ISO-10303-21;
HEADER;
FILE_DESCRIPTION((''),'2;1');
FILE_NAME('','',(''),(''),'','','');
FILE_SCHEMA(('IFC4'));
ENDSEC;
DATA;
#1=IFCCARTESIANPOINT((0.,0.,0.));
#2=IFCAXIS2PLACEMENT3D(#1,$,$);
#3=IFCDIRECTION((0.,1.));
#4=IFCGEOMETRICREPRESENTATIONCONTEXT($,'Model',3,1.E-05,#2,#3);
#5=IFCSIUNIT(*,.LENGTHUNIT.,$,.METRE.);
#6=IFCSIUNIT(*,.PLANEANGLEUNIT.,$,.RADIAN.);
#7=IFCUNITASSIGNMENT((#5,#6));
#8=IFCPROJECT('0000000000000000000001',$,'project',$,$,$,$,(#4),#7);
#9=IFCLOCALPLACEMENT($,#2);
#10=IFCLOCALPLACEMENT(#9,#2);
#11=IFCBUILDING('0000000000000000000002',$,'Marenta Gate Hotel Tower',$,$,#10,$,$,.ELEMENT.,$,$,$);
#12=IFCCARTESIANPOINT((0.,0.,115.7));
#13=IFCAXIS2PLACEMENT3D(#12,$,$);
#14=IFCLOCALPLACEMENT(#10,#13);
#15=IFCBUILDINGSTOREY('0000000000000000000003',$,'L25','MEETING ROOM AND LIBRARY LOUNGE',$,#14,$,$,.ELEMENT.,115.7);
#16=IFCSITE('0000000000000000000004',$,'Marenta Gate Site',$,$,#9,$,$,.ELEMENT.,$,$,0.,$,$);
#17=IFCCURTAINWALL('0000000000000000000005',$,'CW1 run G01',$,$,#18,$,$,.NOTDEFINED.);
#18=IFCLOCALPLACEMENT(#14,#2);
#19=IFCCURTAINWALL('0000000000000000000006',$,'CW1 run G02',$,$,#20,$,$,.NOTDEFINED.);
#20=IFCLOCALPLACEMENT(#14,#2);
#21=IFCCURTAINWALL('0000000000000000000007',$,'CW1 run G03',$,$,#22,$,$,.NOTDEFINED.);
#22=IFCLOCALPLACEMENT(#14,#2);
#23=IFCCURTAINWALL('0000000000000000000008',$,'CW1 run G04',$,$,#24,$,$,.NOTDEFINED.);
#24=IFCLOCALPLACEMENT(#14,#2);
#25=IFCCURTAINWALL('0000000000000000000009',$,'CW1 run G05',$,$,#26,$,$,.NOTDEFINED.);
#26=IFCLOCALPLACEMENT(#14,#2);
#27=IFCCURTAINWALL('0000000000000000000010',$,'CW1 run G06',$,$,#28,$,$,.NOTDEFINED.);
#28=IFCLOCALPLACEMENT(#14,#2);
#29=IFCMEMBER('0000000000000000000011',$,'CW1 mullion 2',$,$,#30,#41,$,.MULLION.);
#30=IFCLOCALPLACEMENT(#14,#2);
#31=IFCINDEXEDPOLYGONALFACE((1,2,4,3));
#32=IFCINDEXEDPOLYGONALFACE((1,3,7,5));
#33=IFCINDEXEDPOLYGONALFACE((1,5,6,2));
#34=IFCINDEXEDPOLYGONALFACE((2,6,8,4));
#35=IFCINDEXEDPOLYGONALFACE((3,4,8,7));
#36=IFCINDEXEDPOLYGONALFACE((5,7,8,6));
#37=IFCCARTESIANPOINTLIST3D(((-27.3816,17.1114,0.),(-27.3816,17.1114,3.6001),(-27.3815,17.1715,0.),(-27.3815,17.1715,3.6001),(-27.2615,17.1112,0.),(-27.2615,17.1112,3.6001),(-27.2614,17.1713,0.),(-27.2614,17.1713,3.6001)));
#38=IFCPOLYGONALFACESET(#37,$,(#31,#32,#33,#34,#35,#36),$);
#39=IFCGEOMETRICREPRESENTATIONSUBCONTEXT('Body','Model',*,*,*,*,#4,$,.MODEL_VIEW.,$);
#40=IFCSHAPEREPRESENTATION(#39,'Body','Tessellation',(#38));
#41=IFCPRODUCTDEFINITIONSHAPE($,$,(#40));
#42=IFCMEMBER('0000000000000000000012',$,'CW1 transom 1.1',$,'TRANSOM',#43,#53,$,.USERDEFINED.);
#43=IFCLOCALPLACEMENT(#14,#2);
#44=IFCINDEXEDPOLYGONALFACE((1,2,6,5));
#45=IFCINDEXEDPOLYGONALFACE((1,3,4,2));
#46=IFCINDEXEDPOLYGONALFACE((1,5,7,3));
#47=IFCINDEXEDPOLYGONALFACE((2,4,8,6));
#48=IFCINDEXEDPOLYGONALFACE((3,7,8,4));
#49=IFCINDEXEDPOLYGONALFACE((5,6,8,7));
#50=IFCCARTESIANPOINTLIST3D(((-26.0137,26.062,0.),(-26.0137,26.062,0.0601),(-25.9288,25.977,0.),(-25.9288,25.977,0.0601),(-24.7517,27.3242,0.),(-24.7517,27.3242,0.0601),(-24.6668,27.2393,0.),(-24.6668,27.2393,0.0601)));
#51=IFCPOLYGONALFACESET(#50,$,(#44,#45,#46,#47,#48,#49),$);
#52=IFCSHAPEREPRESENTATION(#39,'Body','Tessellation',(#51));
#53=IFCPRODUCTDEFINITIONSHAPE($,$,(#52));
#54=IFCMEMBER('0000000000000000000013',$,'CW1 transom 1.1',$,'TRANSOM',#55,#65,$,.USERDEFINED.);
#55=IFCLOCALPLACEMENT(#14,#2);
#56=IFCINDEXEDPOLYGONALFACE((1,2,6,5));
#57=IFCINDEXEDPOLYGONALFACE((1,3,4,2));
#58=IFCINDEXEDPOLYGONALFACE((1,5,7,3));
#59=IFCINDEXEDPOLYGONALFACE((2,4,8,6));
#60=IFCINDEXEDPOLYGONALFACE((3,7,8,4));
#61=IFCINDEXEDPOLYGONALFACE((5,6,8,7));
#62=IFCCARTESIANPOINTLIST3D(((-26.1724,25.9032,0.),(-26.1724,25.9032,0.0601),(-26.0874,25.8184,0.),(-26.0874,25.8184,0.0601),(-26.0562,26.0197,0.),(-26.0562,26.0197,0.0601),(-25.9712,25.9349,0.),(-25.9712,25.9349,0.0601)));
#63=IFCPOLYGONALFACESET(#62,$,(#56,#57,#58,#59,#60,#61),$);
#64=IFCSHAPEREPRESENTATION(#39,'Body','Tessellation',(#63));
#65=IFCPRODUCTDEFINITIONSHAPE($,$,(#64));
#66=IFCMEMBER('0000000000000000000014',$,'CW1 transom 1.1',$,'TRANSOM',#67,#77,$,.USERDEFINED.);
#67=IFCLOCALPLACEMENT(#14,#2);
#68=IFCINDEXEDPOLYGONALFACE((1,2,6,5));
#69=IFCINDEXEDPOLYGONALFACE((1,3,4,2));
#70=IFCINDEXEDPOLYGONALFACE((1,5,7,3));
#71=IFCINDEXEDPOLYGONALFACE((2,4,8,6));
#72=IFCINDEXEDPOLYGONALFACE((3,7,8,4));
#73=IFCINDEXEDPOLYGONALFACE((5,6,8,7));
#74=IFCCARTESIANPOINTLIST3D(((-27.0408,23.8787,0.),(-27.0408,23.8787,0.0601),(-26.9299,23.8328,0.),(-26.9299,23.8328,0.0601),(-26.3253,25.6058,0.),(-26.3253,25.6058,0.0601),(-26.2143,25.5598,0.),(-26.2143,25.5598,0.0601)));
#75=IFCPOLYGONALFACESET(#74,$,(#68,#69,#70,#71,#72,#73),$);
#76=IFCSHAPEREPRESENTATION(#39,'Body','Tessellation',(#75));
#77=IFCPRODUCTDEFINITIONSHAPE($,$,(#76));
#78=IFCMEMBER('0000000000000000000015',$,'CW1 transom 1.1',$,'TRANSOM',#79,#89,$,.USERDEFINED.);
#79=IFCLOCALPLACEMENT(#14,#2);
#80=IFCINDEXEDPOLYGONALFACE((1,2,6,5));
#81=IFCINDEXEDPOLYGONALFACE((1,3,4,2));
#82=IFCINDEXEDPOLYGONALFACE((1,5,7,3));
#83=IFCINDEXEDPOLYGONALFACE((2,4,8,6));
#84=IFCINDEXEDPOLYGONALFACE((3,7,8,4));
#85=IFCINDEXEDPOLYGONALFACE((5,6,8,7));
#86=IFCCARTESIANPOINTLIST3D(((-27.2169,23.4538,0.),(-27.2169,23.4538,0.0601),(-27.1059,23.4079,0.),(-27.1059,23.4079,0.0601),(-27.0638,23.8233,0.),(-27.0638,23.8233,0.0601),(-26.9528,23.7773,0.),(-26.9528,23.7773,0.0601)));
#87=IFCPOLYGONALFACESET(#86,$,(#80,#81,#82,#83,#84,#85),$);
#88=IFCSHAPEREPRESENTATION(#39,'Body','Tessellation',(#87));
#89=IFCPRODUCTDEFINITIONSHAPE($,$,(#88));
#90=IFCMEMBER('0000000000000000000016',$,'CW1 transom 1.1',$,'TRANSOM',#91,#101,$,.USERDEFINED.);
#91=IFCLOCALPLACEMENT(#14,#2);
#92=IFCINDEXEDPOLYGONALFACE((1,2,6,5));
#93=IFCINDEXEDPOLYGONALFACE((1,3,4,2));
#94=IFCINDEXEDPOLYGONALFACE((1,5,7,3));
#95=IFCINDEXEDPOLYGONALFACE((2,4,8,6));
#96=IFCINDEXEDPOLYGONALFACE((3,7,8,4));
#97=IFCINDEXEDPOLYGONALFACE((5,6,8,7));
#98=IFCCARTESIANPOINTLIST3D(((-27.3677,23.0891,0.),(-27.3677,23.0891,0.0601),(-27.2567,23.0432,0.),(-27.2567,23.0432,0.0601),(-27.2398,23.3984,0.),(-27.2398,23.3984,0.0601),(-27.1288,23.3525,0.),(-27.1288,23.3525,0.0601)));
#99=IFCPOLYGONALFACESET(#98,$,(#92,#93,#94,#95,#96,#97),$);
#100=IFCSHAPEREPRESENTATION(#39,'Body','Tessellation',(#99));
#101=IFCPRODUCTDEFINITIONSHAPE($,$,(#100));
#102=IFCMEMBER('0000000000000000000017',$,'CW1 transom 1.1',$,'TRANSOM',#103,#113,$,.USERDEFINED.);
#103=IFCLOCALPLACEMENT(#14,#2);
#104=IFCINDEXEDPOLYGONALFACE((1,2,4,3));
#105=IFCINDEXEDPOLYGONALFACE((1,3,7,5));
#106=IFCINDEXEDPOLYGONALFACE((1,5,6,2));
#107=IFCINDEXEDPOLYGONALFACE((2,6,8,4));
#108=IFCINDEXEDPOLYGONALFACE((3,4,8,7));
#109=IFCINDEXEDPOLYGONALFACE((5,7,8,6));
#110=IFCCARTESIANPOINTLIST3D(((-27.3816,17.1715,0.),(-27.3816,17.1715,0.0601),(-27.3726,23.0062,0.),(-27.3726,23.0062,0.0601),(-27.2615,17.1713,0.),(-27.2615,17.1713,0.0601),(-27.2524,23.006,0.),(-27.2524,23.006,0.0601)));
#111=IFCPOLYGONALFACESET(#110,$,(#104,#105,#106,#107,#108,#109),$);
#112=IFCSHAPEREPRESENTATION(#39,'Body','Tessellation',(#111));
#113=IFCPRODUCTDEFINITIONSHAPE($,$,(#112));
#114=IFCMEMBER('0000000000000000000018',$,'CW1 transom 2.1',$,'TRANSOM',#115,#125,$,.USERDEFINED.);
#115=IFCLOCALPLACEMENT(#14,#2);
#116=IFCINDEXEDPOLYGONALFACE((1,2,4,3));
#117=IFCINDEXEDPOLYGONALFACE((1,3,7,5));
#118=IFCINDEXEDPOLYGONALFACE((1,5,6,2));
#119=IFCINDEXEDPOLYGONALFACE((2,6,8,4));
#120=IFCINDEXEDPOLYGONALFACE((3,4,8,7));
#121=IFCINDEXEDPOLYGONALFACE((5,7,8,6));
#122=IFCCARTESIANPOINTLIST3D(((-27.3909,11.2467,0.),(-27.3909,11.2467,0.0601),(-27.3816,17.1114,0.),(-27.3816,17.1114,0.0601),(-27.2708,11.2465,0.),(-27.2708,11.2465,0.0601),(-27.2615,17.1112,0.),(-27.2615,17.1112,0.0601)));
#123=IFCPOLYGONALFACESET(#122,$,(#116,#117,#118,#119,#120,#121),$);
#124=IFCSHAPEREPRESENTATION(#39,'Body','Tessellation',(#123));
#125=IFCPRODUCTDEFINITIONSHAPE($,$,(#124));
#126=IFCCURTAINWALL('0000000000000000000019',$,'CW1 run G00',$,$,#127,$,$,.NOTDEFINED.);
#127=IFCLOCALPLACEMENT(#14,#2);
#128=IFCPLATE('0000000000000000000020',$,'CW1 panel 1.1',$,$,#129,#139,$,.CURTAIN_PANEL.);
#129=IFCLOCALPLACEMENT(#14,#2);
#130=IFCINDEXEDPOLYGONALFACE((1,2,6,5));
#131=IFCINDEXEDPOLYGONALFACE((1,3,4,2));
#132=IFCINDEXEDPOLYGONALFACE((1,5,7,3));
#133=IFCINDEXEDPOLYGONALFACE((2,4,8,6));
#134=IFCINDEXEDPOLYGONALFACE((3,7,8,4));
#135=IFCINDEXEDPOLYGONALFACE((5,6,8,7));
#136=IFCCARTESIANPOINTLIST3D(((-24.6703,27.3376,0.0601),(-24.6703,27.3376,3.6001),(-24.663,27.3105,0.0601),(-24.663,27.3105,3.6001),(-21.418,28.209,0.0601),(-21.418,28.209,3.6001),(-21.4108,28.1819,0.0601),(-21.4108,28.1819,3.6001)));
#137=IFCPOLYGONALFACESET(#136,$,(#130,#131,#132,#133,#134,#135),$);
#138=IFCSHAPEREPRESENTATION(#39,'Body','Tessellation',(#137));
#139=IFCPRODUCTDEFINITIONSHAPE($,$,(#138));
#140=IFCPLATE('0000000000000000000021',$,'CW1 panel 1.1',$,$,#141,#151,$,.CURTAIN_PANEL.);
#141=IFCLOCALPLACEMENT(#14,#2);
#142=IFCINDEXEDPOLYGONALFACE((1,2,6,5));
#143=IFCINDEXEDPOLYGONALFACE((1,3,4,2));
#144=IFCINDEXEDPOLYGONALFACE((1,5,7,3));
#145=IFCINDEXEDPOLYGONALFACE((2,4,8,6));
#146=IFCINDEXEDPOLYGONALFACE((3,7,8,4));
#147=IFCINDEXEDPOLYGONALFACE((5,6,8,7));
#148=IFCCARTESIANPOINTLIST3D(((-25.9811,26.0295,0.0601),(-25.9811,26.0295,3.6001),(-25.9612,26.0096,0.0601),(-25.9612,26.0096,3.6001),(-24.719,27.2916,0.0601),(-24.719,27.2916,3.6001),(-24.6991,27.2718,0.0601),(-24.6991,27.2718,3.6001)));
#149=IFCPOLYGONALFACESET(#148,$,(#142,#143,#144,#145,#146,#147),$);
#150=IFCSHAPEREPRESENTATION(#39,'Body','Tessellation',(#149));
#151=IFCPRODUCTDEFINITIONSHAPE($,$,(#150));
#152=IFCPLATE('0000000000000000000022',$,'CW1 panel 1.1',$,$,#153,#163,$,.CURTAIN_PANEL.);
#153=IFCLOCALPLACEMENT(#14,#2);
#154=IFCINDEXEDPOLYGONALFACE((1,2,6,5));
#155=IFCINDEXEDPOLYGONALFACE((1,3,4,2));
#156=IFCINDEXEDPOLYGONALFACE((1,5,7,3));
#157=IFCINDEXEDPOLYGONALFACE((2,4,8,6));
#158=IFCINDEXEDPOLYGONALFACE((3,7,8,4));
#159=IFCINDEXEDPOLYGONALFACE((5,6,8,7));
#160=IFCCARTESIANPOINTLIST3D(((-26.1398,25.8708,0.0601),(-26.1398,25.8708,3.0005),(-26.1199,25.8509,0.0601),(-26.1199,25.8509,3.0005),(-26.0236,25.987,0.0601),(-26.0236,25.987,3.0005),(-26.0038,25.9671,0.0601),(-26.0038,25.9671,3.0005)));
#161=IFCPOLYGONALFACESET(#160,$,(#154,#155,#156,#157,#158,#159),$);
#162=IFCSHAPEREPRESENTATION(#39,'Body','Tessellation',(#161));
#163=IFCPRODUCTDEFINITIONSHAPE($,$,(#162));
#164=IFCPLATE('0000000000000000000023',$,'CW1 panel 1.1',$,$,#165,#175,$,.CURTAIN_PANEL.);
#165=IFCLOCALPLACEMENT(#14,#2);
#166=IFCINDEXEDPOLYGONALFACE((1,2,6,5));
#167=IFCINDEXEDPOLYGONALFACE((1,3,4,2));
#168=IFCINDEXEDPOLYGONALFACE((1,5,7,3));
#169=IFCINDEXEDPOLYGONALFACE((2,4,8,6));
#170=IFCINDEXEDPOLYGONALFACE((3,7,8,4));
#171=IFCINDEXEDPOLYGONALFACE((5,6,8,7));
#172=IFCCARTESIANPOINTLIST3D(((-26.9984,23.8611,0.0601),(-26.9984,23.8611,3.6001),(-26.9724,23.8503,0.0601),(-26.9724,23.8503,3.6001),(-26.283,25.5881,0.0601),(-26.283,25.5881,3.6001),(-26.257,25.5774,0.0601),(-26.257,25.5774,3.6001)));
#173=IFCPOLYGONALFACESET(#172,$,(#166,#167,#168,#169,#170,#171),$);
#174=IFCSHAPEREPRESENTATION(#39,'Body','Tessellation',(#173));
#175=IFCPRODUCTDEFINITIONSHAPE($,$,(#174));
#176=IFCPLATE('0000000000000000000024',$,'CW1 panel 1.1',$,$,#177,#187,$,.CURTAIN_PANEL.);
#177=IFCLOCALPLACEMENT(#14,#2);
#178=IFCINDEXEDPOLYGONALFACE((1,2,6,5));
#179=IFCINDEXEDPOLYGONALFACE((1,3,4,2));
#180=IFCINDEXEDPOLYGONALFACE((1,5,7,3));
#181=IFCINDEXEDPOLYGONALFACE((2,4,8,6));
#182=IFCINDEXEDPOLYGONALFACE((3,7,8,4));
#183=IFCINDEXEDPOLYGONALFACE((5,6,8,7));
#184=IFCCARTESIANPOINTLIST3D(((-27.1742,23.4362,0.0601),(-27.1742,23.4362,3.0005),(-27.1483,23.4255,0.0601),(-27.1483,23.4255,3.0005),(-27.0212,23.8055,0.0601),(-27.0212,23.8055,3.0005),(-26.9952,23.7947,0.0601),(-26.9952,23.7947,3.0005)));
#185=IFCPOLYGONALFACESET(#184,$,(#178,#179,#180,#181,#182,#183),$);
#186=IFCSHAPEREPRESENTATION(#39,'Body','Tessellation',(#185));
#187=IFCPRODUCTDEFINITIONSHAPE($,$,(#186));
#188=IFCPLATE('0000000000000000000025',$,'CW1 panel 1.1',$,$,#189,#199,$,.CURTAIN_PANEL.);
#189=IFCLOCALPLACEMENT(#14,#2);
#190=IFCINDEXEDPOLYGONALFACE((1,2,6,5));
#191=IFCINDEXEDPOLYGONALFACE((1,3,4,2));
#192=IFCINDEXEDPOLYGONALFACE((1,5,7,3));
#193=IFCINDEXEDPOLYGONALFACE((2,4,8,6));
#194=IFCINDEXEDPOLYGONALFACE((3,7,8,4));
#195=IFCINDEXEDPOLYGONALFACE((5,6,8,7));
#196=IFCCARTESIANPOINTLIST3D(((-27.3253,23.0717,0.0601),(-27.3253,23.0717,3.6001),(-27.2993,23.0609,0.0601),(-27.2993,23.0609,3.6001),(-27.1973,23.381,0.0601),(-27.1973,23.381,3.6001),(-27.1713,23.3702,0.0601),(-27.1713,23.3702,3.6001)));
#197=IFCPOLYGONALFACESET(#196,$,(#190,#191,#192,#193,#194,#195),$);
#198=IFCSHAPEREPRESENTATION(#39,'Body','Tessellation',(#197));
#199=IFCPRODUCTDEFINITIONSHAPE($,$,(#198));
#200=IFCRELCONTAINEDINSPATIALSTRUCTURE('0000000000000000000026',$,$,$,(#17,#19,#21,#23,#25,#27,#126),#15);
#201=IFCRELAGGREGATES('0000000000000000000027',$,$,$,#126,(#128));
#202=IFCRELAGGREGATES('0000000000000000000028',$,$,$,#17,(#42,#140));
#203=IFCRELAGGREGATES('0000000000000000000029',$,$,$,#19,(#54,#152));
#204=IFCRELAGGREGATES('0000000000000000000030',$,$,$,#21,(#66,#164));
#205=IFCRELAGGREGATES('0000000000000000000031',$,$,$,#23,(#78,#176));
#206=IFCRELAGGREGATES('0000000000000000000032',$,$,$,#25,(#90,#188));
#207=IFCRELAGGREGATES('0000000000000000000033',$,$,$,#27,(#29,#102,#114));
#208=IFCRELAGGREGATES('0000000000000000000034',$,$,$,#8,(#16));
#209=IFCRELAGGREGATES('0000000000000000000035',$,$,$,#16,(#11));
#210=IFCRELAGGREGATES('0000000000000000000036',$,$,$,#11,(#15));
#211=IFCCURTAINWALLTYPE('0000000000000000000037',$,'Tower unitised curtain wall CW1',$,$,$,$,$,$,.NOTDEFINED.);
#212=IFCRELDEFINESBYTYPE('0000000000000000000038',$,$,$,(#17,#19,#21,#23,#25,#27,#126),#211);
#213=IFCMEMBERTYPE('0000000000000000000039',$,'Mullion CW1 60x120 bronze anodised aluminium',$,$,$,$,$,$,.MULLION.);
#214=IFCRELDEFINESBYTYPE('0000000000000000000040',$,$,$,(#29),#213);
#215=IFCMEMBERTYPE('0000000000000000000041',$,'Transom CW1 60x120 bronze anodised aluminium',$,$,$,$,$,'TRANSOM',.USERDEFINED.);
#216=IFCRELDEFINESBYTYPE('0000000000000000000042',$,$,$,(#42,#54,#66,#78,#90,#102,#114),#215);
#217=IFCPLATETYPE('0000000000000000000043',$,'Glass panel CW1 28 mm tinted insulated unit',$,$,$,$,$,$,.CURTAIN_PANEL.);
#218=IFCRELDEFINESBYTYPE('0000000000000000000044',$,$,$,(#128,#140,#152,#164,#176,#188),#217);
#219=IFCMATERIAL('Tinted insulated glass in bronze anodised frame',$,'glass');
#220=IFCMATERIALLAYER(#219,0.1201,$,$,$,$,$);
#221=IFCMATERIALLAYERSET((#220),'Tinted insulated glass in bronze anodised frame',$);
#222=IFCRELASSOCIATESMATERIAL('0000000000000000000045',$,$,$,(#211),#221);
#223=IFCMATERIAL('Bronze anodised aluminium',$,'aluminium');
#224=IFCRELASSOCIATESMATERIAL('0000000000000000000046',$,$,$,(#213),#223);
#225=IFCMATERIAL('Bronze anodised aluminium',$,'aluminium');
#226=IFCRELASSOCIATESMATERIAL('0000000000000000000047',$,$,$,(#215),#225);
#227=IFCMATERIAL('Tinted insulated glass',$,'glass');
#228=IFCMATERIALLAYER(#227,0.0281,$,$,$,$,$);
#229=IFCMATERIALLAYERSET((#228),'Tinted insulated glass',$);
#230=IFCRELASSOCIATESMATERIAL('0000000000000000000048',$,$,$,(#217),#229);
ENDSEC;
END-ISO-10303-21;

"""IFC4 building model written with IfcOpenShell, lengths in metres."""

from ifc_helpers import new_model, si_unit, direction, frame, origin, origin_2d, place, context, subcontext, project, spatial, rectangle, extrude, material, layer, layer_set, material_profile, profile_set, type_object, element, aggregate, save


model = new_model("IFC4")

# Units and contexts
model_context = context("Model", 3, precision=1e-05, world=origin(), true_north=direction((0.0, 1.0)))
body_context = subcontext(model_context, "Body", "Model", "MODEL_VIEW")
ifc_project = project(units=[si_unit("LENGTHUNIT", "METRE"), si_unit("PLANEANGLEUNIT", "RADIAN")], contexts=[model_context])

# Site, building, storey
site_placement = place(None, origin())
site = spatial("IfcSite", under=ifc_project, at=site_placement, Name="Marenta Gate Site", CompositionType="ELEMENT", RefElevation=0.0)
building_placement = place(site_placement, origin())
building = spatial("IfcBuilding", under=site, at=building_placement, Name="Marenta Gate Hotel Tower", CompositionType="ELEMENT")
storey_placement = place(building_placement, frame((0.0, 0.0, 115.7)))
storey = spatial("IfcBuildingStorey", under=building, at=storey_placement, Name="L25", Description="MEETING ROOM AND LIBRARY LOUNGE", CompositionType="ELEMENT", Elevation=115.7)

# Curtain wall
ifc_material_1 = material(Name="Tinted insulated glass in bronze anodised frame", Category="glass")
ifc_layer_1 = layer(ifc_material_1, 0.1201)
ifc_layer_set_1 = layer_set([ifc_layer_1], Name="Tinted insulated glass in bronze anodised frame")
curtain_wall_type = type_object("IfcCurtainWallType", Name="Tower unitised curtain wall CW1", PredefinedType="NOTDEFINED", material=ifc_layer_set_1)
curtain_wall_1_placement = place(storey_placement, origin())
curtain_wall_1 = element("IfcCurtainWall", 1, at=curtain_wall_1_placement, inside=storey, type_object=curtain_wall_type, Name="CW1 run G01", PredefinedType="NOTDEFINED")
ifc_material_2 = material(Name="Bronze anodised aluminium", Category="aluminium")
ifc_material_profile_1 = material_profile(ifc_material_2, rectangle(XDim=0.1201, YDim=0.0601, at=origin_2d()), Name="Mullion CW1 60x120 bronze anodised aluminium")
ifc_profile_set_1 = profile_set([ifc_material_profile_1], Name="Bronze anodised aluminium")
member_type_1 = type_object("IfcMemberType", Name="Mullion CW1 60x120 bronze anodised aluminium", PredefinedType="MULLION", material=ifc_profile_set_1)

# Curtain wall
curtain_wall_2_placement = place(storey_placement, origin())
curtain_wall_2 = element("IfcCurtainWall", 2, at=curtain_wall_2_placement, inside=storey, type_object=curtain_wall_type, Name="CW1 run G02", PredefinedType="NOTDEFINED")

# Curtain walls
curtain_wall_3_placement = place(storey_placement, origin())
curtain_wall_3 = element("IfcCurtainWall", 3, at=curtain_wall_3_placement, inside=storey, type_object=curtain_wall_type, Name="CW1 run G03", PredefinedType="NOTDEFINED")
curtain_wall_4_placement = place(storey_placement, origin())
curtain_wall_4 = element("IfcCurtainWall", 4, at=curtain_wall_4_placement, inside=storey, type_object=curtain_wall_type, Name="CW1 run G04", PredefinedType="NOTDEFINED")
curtain_wall_5_placement = place(storey_placement, origin())
curtain_wall_5 = element("IfcCurtainWall", 5, at=curtain_wall_5_placement, inside=storey, type_object=curtain_wall_type, Name="CW1 run G05", PredefinedType="NOTDEFINED")

# Curtain wall, member
curtain_wall_6_placement = place(storey_placement, origin())
curtain_wall_6 = element("IfcCurtainWall", 6, at=curtain_wall_6_placement, inside=storey, type_object=curtain_wall_type, Name="CW1 run G06", PredefinedType="NOTDEFINED")
member_1_placement = place(storey_placement, frame((-27.3215, 17.1414, 0.0), z_axis=(0.0, 0.0, 1.0), x_axis=(0.999999, -0.00157, 0.0)))
member_1 = element("IfcMember", 7, at=member_1_placement, type_object=member_type_1, Name="CW1 mullion 2", PredefinedType="MULLION", context=body_context, shape_type="SweptSolid", body=[
    extrude(rectangle(XDim=0.1201, YDim=0.0601, at=origin_2d()), origin(), (0.0, 0.0, 1.0), 3.6001),
])

# Members
ifc_material_3 = material(Name="Bronze anodised aluminium", Category="aluminium")
ifc_material_profile_2 = material_profile(ifc_material_3, rectangle(XDim=0.1201, YDim=0.0601, at=origin_2d()), Name="Transom CW1 60x120 bronze anodised aluminium")
ifc_profile_set_2 = profile_set([ifc_material_profile_2], Name="Bronze anodised aluminium")
member_type_2 = type_object("IfcMemberType", Name="Transom CW1 60x120 bronze anodised aluminium", ElementType="TRANSOM", PredefinedType="USERDEFINED", material=ifc_profile_set_2)
member_2_placement = place(storey_placement, frame((-24.7092, 27.2817, 0.03), z_axis=(-0.707038, -0.707175, 0.0), x_axis=(0.707175, -0.707038, 0.0)))
member_2 = element("IfcMember", 8, at=member_2_placement, type_object=member_type_2, Name="CW1 transom 1.1", ObjectType="TRANSOM", PredefinedType="USERDEFINED", context=body_context, shape_type="SweptSolid", body=[
    extrude(rectangle(XDim=0.1201, YDim=0.0601, at=origin_2d()), origin(), (0.0, 0.0, 1.0), 1.7849),
])
member_3_placement = place(storey_placement, frame((-26.0137, 25.9773, 0.03), z_axis=(-0.706364, -0.707848, 0.0), x_axis=(0.707848, -0.706364, 0.0)))
member_3 = element("IfcMember", 9, at=member_3_placement, type_object=member_type_2, Name="CW1 transom 1.1", ObjectType="TRANSOM", PredefinedType="USERDEFINED", context=body_context, shape_type="SweptSolid", body=[
    extrude(rectangle(XDim=0.1201, YDim=0.0601, at=origin_2d()), origin(), (0.0, 0.0, 1.0), 0.1646),
])
member_4_placement = place(storey_placement, frame((-26.2698, 25.5828, 0.03), z_axis=(-0.382779, -0.92384, 0.0), x_axis=(0.92384, -0.382779, 0.0)))
member_4 = element("IfcMember", 10, at=member_4_placement, type_object=member_type_2, Name="CW1 transom 1.1", ObjectType="TRANSOM", PredefinedType="USERDEFINED", context=body_context, shape_type="SweptSolid", body=[
    extrude(rectangle(XDim=0.1201, YDim=0.0601, at=origin_2d()), origin(), (0.0, 0.0, 1.0), 1.8694),
])
member_5_placement = place(storey_placement, frame((-27.0083, 23.8003, 0.03), z_axis=(-0.382837, -0.923816, 0.0), x_axis=(0.923816, -0.382837, 0.0)))
member_5 = element("IfcMember", 11, at=member_5_placement, type_object=member_type_2, Name="CW1 transom 1.1", ObjectType="TRANSOM", PredefinedType="USERDEFINED", context=body_context, shape_type="SweptSolid", body=[
    extrude(rectangle(XDim=0.1201, YDim=0.0601, at=origin_2d()), origin(), (0.0, 0.0, 1.0), 0.3999),
])
member_6_placement = place(storey_placement, frame((-27.1843, 23.3755, 0.03), z_axis=(-0.38218, -0.924088, 0.0), x_axis=(0.924088, -0.38218, 0.0)))
member_6 = element("IfcMember", 12, at=member_6_placement, type_object=member_type_2, Name="CW1 transom 1.1", ObjectType="TRANSOM", PredefinedType="USERDEFINED", context=body_context, shape_type="SweptSolid", body=[
    extrude(rectangle(XDim=0.1201, YDim=0.0601, at=origin_2d()), origin(), (0.0, 0.0, 1.0), 0.3347),
])
member_7_placement = place(storey_placement, frame((-27.3125, 23.0061, 0.03), z_axis=(-0.001548, -0.999999, 0.0), x_axis=(0.999999, -0.001548, 0.0)))
member_7 = element("IfcMember", 13, at=member_7_placement, type_object=member_type_2, Name="CW1 transom 1.1", ObjectType="TRANSOM", PredefinedType="USERDEFINED", context=body_context, shape_type="SweptSolid", body=[
    extrude(rectangle(XDim=0.1201, YDim=0.0601, at=origin_2d()), origin(), (0.0, 0.0, 1.0), 5.8347),
])
member_8_placement = place(storey_placement, frame((-27.3215, 17.1113, 0.03), z_axis=(-0.001582, -0.999999, 0.0), x_axis=(0.999999, -0.001582, 0.0)))
member_8 = element("IfcMember", 14, at=member_8_placement, type_object=member_type_2, Name="CW1 transom 2.1", ObjectType="TRANSOM", PredefinedType="USERDEFINED", context=body_context, shape_type="SweptSolid", body=[
    extrude(rectangle(XDim=0.1201, YDim=0.0601, at=origin_2d()), origin(), (0.0, 0.0, 1.0), 5.8647),
])

# Curtain wall, plate
curtain_wall_7_placement = place(storey_placement, origin())
curtain_wall_7 = element("IfcCurtainWall", 15, at=curtain_wall_7_placement, inside=storey, type_object=curtain_wall_type, Name="CW1 run G00", PredefinedType="NOTDEFINED")
ifc_material_4 = material(Name="Tinted insulated glass", Category="glass")
ifc_layer_2 = layer(ifc_material_4, 0.0281)
ifc_layer_set_2 = layer_set([ifc_layer_2], Name="Tinted insulated glass")
plate_type = type_object("IfcPlateType", Name="Glass panel CW1 28 mm tinted insulated unit", PredefinedType="CURTAIN_PANEL", material=ifc_layer_set_2)
plate_1_placement = place(storey_placement, frame((-23.0405, 27.7598, 0.0601), z_axis=(0.0, 0.0, 1.0), x_axis=(-0.965931, -0.258801, 0.0)))
plate_1 = element("IfcPlate", 16, at=plate_1_placement, type_object=plate_type, Name="CW1 panel 1.1", PredefinedType="CURTAIN_PANEL", context=body_context, shape_type="SweptSolid", body=[
    extrude(rectangle(XDim=3.3669, YDim=0.0281, at=origin_2d()), origin(), (0.0, 0.0, 1.0), 3.54),
])
aggregate(curtain_wall_7, [plate_1])

# Plates
plate_2_placement = place(storey_placement, frame((-25.3401, 26.6506, 0.0601), z_axis=(0.0, 0.0, 1.0), x_axis=(-0.707107, -0.707107, 0.0)))
plate_2 = element("IfcPlate", 17, at=plate_2_placement, type_object=plate_type, Name="CW1 panel 1.1", PredefinedType="CURTAIN_PANEL", context=body_context, shape_type="SweptSolid", body=[
    extrude(rectangle(XDim=1.7849, YDim=0.0281, at=origin_2d()), origin(), (0.0, 0.0, 1.0), 3.54),
])
aggregate(curtain_wall_1, [member_2, plate_2])
plate_3_placement = place(storey_placement, frame((-26.0718, 25.9189, 0.0601), z_axis=(0.0, 0.0, 1.0), x_axis=(-0.707107, -0.707107, 0.0)))
plate_3 = element("IfcPlate", 18, at=plate_3_placement, type_object=plate_type, Name="CW1 panel 1.1", PredefinedType="CURTAIN_PANEL", context=body_context, shape_type="SweptSolid", body=[
    extrude(rectangle(XDim=0.1643, YDim=0.0281, at=origin_2d()), origin(), (0.0, 0.0, 1.0), 2.9404),
])
aggregate(curtain_wall_2, [member_3, plate_3])
plate_4_placement = place(storey_placement, frame((-26.6277, 24.7192, 0.0601), z_axis=(0.0, 0.0, 1.0), x_axis=(-0.382694, -0.923875, 0.0)))
plate_4 = element("IfcPlate", 19, at=plate_4_placement, type_object=plate_type, Name="CW1 panel 1.1", PredefinedType="CURTAIN_PANEL", context=body_context, shape_type="SweptSolid", body=[
    extrude(rectangle(XDim=1.8694, YDim=0.0281, at=origin_2d()), origin(), (0.0, 0.0, 1.0), 3.54),
])
aggregate(curtain_wall_3, [member_4, plate_4])
plate_5_placement = place(storey_placement, frame((-27.0847, 23.6155, 0.0601), z_axis=(0.0, 0.0, 1.0), x_axis=(-0.382838, -0.923815, 0.0)))
plate_5 = element("IfcPlate", 20, at=plate_5_placement, type_object=plate_type, Name="CW1 panel 1.1", PredefinedType="CURTAIN_PANEL", context=body_context, shape_type="SweptSolid", body=[
    extrude(rectangle(XDim=0.3997, YDim=0.0281, at=origin_2d()), origin(), (0.0, 0.0, 1.0), 2.9404),
])
aggregate(curtain_wall_4, [member_5, plate_5])
plate_6_placement = place(storey_placement, frame((-27.2483, 23.2209, 0.0601), z_axis=(0.0, 0.0, 1.0), x_axis=(-0.382456, -0.923974, 0.0)))
plate_6 = element("IfcPlate", 21, at=plate_6_placement, type_object=plate_type, Name="CW1 panel 1.1", PredefinedType="CURTAIN_PANEL", context=body_context, shape_type="SweptSolid", body=[
    extrude(rectangle(XDim=0.3347, YDim=0.0281, at=origin_2d()), origin(), (0.0, 0.0, 1.0), 3.54),
])
aggregate(curtain_wall_5, [member_6, plate_6])
aggregate(curtain_wall_6, [member_1, member_7, member_8])

save(model, "model.ifc")
